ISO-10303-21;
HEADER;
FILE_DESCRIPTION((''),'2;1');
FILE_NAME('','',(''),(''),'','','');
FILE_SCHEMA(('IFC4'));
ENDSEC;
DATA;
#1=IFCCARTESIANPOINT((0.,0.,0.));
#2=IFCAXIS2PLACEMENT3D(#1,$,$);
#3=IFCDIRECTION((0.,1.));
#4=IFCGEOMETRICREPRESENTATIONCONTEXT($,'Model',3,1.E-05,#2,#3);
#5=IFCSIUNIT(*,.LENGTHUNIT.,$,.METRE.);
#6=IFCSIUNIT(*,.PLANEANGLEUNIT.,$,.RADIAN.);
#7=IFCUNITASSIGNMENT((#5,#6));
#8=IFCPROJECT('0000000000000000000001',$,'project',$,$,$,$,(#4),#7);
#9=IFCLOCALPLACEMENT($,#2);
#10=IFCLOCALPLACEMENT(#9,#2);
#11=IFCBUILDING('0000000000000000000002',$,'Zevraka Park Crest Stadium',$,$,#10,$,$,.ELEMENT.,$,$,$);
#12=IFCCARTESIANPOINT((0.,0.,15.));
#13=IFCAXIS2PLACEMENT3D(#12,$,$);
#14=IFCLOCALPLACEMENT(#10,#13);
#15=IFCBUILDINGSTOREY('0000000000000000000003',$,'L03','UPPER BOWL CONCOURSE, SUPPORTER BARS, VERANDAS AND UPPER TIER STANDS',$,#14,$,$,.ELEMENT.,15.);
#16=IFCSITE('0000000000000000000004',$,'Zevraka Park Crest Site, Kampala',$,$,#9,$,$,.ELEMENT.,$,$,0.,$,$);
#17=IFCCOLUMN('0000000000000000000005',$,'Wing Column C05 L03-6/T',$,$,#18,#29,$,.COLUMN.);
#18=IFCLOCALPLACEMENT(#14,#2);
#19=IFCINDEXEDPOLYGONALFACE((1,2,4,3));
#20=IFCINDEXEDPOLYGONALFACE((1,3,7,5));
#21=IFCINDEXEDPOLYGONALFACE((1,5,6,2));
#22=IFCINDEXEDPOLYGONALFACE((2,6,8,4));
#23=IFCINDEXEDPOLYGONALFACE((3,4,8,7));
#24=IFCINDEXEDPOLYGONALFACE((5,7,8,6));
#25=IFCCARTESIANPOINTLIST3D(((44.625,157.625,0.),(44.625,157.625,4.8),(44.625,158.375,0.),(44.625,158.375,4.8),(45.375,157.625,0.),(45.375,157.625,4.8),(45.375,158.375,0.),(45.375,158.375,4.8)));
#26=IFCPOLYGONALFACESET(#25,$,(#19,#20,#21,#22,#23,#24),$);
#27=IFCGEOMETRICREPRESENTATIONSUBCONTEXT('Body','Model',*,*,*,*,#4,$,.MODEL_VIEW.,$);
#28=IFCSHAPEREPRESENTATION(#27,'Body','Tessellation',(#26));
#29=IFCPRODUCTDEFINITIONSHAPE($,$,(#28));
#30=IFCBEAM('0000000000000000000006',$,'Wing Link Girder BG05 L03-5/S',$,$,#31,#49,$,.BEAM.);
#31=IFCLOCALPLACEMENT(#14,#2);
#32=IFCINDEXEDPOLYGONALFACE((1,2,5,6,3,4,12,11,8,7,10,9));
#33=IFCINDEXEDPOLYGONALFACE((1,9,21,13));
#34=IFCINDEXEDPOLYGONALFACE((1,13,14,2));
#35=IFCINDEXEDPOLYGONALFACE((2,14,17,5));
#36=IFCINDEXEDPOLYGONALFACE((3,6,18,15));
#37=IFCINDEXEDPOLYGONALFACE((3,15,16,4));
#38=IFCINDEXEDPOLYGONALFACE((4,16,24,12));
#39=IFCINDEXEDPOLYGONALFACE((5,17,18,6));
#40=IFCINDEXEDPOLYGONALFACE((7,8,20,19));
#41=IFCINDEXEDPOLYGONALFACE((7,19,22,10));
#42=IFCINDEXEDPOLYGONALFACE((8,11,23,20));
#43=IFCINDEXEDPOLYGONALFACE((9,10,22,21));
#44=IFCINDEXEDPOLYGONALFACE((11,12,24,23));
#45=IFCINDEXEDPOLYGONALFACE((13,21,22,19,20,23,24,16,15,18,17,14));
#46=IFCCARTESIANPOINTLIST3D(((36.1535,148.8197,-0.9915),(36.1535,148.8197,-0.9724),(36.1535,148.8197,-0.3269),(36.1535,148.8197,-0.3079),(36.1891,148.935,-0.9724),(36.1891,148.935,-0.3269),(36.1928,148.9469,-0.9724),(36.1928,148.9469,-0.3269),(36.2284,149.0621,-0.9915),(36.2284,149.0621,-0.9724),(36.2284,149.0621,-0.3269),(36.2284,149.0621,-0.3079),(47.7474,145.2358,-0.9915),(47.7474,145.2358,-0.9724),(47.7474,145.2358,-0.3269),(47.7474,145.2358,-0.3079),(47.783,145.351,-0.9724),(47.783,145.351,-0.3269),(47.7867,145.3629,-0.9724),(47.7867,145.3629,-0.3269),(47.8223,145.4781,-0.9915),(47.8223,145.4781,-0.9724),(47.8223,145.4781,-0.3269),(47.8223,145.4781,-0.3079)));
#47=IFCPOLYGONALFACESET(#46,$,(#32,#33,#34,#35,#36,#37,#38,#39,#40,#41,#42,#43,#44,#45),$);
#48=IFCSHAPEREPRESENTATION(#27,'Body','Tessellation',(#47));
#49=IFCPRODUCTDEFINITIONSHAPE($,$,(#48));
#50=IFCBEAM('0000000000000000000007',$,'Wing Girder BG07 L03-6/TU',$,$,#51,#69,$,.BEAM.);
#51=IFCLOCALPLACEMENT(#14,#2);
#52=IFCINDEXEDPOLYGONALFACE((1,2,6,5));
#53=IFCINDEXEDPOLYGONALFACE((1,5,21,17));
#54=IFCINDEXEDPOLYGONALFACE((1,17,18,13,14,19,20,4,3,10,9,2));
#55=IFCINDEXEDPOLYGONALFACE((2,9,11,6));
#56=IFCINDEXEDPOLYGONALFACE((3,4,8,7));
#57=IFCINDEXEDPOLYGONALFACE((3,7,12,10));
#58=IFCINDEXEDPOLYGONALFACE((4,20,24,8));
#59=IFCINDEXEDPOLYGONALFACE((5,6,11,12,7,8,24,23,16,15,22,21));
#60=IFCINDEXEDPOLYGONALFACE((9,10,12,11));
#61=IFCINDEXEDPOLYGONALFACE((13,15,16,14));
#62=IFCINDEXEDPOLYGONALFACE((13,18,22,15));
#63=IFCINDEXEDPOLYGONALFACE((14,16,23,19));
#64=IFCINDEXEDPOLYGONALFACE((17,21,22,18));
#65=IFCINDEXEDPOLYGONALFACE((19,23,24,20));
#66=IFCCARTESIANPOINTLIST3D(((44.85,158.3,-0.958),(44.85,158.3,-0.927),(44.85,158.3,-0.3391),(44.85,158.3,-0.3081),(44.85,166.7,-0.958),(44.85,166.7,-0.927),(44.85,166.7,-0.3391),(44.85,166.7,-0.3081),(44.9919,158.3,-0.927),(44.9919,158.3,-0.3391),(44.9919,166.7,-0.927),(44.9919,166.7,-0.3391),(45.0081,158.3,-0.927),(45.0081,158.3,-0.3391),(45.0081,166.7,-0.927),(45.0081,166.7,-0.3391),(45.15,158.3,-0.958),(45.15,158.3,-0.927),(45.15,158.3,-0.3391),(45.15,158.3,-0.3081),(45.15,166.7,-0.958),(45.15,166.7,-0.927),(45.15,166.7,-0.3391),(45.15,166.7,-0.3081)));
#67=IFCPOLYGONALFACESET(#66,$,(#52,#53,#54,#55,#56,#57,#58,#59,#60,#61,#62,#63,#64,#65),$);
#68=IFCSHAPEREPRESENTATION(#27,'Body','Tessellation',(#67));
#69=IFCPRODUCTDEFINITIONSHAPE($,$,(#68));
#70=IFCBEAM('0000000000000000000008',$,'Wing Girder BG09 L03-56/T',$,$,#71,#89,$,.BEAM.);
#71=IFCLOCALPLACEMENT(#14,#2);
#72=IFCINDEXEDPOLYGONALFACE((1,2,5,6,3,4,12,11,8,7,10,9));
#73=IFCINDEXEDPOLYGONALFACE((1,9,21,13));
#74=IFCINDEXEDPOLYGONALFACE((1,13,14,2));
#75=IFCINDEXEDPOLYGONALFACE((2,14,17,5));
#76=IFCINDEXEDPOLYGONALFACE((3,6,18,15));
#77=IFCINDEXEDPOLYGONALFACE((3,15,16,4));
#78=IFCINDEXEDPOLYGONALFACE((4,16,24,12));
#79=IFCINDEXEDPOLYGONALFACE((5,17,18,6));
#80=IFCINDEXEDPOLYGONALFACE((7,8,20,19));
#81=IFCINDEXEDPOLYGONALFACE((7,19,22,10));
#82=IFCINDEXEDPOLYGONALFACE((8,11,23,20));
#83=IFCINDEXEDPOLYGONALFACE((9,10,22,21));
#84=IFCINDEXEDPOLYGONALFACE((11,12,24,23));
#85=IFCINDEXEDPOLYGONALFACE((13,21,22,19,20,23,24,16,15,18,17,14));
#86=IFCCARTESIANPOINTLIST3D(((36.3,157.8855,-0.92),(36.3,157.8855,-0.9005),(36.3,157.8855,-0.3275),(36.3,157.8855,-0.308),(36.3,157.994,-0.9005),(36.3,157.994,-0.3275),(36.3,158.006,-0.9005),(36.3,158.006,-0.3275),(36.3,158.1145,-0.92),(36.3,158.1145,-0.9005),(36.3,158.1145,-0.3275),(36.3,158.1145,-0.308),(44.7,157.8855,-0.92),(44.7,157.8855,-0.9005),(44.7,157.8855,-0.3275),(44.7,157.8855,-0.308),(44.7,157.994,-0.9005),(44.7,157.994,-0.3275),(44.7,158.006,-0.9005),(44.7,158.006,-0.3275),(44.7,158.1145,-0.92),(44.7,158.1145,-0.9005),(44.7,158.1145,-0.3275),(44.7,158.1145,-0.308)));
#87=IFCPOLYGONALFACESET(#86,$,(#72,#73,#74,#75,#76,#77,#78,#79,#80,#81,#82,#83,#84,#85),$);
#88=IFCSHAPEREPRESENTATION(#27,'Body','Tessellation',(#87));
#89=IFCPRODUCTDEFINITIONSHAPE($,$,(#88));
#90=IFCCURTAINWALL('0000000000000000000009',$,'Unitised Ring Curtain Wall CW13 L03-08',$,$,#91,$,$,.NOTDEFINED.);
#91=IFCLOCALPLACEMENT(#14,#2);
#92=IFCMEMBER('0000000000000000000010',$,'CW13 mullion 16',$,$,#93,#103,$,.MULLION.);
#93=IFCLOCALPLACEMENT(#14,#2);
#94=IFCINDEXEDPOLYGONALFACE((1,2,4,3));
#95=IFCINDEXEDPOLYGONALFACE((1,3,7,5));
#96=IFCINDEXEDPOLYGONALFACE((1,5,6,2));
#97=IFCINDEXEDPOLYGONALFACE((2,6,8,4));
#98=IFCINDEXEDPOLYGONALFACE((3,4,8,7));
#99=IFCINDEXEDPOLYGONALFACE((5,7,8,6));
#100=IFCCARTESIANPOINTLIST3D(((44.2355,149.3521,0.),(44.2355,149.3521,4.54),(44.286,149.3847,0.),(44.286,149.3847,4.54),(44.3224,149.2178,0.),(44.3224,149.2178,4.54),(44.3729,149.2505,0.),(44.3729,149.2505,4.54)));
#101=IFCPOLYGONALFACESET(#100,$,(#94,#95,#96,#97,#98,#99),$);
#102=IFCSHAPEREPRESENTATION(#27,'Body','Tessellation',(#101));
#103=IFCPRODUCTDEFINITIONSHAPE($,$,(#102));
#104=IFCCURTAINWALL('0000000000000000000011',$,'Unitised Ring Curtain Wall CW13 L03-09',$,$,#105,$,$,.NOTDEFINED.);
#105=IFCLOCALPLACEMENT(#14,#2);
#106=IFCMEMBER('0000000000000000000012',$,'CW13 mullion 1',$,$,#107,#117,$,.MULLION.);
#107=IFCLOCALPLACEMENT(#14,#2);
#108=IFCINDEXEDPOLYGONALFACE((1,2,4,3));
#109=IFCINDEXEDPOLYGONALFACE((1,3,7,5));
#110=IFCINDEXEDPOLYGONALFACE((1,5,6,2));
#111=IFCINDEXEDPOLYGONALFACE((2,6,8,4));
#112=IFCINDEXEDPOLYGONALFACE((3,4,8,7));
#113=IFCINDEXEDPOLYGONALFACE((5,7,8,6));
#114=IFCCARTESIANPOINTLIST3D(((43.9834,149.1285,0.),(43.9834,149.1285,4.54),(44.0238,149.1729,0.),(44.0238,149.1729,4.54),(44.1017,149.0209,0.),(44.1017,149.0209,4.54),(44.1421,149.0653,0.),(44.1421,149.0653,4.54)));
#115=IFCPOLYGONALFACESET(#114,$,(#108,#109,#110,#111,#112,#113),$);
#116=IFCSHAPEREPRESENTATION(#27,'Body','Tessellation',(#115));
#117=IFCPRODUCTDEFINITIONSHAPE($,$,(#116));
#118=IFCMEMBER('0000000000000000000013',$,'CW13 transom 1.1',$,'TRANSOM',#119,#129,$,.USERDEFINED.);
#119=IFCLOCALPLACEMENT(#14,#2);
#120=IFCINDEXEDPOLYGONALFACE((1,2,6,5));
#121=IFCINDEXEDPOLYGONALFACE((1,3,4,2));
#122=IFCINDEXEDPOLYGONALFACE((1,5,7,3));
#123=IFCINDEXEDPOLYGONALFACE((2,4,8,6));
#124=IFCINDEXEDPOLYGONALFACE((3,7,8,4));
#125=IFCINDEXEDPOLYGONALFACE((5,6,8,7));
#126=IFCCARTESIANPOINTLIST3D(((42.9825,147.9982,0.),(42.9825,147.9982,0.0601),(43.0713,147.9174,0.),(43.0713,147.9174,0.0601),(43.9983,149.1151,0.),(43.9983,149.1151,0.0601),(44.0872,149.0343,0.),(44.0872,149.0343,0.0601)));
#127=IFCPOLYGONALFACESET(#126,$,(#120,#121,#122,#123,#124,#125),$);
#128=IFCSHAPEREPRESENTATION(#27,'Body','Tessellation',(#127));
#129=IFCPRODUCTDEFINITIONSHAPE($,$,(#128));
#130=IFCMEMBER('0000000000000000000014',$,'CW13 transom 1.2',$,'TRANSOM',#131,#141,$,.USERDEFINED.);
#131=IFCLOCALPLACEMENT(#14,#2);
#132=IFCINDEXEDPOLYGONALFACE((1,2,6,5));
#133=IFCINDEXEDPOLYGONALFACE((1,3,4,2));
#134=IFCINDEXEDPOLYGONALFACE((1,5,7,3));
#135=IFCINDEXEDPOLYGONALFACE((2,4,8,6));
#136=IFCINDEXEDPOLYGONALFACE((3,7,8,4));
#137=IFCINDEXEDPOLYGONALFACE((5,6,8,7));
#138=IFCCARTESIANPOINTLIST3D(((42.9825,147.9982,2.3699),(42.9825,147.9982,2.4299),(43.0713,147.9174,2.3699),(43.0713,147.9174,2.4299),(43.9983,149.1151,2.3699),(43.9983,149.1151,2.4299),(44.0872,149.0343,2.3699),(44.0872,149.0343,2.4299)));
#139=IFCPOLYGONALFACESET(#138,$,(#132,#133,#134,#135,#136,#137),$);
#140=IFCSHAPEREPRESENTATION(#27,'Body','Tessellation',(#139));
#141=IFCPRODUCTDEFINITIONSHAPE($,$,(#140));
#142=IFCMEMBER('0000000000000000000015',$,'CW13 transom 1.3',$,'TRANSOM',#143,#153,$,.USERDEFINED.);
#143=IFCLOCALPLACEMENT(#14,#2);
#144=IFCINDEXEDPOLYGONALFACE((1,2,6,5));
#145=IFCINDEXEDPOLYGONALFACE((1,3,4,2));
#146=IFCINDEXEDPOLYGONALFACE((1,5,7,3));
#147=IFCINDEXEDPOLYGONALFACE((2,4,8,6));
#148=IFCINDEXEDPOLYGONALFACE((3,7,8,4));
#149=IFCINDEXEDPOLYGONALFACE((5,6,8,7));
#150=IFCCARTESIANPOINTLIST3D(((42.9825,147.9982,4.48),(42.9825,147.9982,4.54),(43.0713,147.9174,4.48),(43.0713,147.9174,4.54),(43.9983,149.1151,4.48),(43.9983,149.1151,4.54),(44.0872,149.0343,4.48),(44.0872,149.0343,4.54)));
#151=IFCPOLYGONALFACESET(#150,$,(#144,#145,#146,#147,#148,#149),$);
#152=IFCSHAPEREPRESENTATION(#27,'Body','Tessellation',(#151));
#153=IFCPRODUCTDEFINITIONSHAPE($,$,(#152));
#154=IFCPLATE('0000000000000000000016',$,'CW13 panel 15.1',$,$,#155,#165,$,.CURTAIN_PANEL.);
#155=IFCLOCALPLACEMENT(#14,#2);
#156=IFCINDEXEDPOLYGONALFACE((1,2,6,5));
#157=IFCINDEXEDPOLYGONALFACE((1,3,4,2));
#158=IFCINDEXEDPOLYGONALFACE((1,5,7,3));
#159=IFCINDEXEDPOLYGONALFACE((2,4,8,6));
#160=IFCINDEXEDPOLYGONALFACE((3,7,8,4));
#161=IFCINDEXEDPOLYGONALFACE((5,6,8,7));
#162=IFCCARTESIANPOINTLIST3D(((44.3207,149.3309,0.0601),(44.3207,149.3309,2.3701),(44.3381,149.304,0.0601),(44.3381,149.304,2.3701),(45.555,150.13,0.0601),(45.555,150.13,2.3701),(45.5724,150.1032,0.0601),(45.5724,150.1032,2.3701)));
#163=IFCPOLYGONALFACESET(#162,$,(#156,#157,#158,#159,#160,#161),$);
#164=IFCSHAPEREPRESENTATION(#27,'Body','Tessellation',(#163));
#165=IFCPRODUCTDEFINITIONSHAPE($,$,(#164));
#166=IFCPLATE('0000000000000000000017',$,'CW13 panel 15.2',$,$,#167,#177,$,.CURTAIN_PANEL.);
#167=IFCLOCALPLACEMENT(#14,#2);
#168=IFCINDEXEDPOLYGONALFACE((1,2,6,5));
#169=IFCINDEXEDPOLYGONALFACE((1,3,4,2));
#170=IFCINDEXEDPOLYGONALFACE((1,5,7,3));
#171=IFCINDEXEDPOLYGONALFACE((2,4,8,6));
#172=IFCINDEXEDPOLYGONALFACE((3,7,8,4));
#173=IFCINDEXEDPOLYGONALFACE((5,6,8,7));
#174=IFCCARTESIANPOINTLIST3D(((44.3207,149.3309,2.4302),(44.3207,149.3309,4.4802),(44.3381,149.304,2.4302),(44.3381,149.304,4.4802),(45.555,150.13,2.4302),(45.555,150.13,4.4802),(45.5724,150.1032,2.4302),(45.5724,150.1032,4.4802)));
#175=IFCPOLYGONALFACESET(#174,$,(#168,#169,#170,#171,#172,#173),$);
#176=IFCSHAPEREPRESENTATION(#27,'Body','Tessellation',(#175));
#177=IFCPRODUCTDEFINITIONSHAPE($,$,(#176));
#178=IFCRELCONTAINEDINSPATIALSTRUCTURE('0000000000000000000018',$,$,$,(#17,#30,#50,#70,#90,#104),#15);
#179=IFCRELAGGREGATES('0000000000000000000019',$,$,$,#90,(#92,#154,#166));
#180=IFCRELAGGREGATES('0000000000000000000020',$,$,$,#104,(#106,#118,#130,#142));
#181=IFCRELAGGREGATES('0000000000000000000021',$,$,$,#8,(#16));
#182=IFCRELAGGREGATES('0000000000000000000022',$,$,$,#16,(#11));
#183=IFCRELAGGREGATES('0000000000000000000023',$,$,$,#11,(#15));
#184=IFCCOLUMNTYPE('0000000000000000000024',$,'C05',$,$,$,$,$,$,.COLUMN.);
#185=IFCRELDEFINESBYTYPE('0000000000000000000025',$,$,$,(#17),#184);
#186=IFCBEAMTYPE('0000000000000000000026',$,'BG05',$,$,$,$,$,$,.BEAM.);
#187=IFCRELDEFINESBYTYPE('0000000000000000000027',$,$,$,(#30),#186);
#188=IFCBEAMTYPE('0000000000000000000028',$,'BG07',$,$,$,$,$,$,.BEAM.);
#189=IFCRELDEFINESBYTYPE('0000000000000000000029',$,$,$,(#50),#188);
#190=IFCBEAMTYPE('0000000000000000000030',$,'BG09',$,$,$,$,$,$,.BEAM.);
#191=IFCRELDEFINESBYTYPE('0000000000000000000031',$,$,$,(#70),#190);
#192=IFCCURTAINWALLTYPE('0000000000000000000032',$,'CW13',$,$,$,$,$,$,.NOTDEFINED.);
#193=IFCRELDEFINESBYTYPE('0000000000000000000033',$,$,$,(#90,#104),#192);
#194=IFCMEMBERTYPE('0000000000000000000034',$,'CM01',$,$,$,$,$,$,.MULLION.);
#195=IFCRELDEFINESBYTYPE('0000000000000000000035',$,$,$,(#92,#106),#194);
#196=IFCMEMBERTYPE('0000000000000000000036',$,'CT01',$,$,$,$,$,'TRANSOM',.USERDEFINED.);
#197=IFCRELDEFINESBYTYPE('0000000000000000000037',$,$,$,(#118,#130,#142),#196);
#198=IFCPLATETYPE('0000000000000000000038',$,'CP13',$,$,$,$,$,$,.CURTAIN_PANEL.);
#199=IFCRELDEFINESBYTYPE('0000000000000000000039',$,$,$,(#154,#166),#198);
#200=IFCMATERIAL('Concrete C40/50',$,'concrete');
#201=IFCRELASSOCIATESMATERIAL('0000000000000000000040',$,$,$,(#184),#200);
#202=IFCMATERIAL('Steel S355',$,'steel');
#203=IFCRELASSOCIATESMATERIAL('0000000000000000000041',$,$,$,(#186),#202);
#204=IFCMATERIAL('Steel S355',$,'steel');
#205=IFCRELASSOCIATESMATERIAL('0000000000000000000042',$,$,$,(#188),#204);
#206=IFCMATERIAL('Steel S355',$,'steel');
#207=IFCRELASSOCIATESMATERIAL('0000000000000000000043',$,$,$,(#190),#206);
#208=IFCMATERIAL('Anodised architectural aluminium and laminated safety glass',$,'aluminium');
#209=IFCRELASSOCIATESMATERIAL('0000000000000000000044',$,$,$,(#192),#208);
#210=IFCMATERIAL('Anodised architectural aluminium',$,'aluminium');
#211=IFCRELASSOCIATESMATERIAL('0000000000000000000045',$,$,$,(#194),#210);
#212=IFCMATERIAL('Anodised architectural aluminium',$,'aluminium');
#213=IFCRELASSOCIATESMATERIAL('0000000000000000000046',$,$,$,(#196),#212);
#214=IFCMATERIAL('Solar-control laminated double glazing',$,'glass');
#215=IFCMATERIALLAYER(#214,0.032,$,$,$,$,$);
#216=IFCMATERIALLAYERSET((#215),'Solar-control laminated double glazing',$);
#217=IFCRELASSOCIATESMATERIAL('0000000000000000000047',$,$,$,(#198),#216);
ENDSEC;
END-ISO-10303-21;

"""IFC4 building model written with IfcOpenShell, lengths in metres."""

from ifc_helpers import new_model, si_unit, direction, frame, origin, origin_2d, place, context, subcontext, project, spatial, rectangle, i_section, extrude, material, layer, layer_set, material_profile, profile_set, type_object, element, aggregate, save


model = new_model("IFC4")

# Units and contexts
model_context = context("Model", 3, precision=1e-05, world=origin(), true_north=direction((0.0, 1.0)))
body_context = subcontext(model_context, "Body", "Model", "MODEL_VIEW")
ifc_project = project(units=[si_unit("LENGTHUNIT", "METRE"), si_unit("PLANEANGLEUNIT", "RADIAN")], contexts=[model_context])

# Site, building, storey
site_placement = place(None, origin())
site = spatial("IfcSite", under=ifc_project, at=site_placement, Name="Zevraka Park Crest Site, Kampala", CompositionType="ELEMENT", RefElevation=0.0)
building_placement = place(site_placement, origin())
building = spatial("IfcBuilding", under=site, at=building_placement, Name="Zevraka Park Crest Stadium", CompositionType="ELEMENT")
storey_placement = place(building_placement, frame((0.0, 0.0, 15.0)))
storey = spatial("IfcBuildingStorey", under=building, at=storey_placement, Name="L03", Description="UPPER BOWL CONCOURSE, SUPPORTER BARS, VERANDAS AND UPPER TIER STANDS", CompositionType="ELEMENT", Elevation=15.0)

# Column
ifc_material_1 = material(Name="Concrete C40/50", Category="concrete")
ifc_material_profile_1 = material_profile(ifc_material_1, rectangle(XDim=0.75, YDim=0.75, at=origin_2d()), Name="RC 750x750")
ifc_profile_set_1 = profile_set([ifc_material_profile_1], Name="Concrete C40/50")
column_type = type_object("IfcColumnType", Name="C05", PredefinedType="COLUMN", material=ifc_profile_set_1)
column_placement = place(storey_placement, frame((45.0, 158.0, 0.0), z_axis=(0.0, 0.0, 1.0), x_axis=(1.0, 0.0, 0.0)))
element("IfcColumn", 1, at=column_placement, inside=storey, type_object=column_type, Name="Wing Column C05 L03-6/T", PredefinedType="COLUMN", context=body_context, shape_type="SweptSolid", body=[
    extrude(rectangle(XDim=0.75, YDim=0.75, at=origin_2d()), origin(), (0.0, 0.0, 1.0), 4.8),
])

# Beams
ifc_material_2 = material(Name="Steel S355", Category="steel")
ifc_material_profile_2 = material_profile(ifc_material_2, i_section(OverallWidth=0.2537, OverallDepth=0.6836, WebThickness=0.0125, FlangeThickness=0.019, at=origin_2d()), Name="UKB 686x254x140")
ifc_profile_set_2 = profile_set([ifc_material_profile_2], Name="Steel S355")
beam_type_1 = type_object("IfcBeamType", Name="BG05", PredefinedType="BEAM", material=ifc_profile_set_2)
beam_1_placement = place(storey_placement, frame((36.1909, 148.9409, -0.6497), z_axis=(0.955394, -0.295335, 0.0), x_axis=(0.295335, 0.955394, 0.0)))
element("IfcBeam", 2, at=beam_1_placement, inside=storey, type_object=beam_type_1, Name="Wing Link Girder BG05 L03-5/S", PredefinedType="BEAM", context=body_context, shape_type="SweptSolid", body=[
    extrude(i_section(OverallWidth=0.2537, OverallDepth=0.6836, WebThickness=0.0125, FlangeThickness=0.019, at=origin_2d()), origin(), (0.0, 0.0, 1.0), 12.1353),
])
ifc_material_3 = material(Name="Steel S355", Category="steel")
ifc_material_profile_3 = material_profile(ifc_material_3, i_section(OverallWidth=0.3, OverallDepth=0.6499, WebThickness=0.0161, FlangeThickness=0.031, at=origin_2d()), Name="HEB 650")
ifc_profile_set_3 = profile_set([ifc_material_profile_3], Name="Steel S355")
beam_type_2 = type_object("IfcBeamType", Name="BG07", PredefinedType="BEAM", material=ifc_profile_set_3)
beam_2_placement = place(storey_placement, frame((45.0, 158.3, -0.6331), z_axis=(0.0, 1.0, 0.0), x_axis=(-1.0, 0.0, 0.0)))
element("IfcBeam", 3, at=beam_2_placement, inside=storey, type_object=beam_type_2, Name="Wing Girder BG07 L03-6/TU", PredefinedType="BEAM", context=body_context, shape_type="SweptSolid", body=[
    extrude(i_section(OverallWidth=0.3, OverallDepth=0.6499, WebThickness=0.0161, FlangeThickness=0.031, at=origin_2d()), origin(), (0.0, 0.0, 1.0), 8.3999),
])
ifc_material_4 = material(Name="Steel S355", Category="steel")
ifc_material_profile_4 = material_profile(ifc_material_4, i_section(OverallWidth=0.229, OverallDepth=0.6121, WebThickness=0.012, FlangeThickness=0.0195, at=origin_2d()), Name="UKB 610x229x125")
ifc_profile_set_4 = profile_set([ifc_material_profile_4], Name="Steel S355")
beam_type_3 = type_object("IfcBeamType", Name="BG09", PredefinedType="BEAM", material=ifc_profile_set_4)
beam_3_placement = place(storey_placement, frame((36.3, 158.0, -0.614), z_axis=(1.0, 0.0, 0.0), x_axis=(0.0, 1.0, 0.0)))
element("IfcBeam", 4, at=beam_3_placement, inside=storey, type_object=beam_type_3, Name="Wing Girder BG09 L03-56/T", PredefinedType="BEAM", context=body_context, shape_type="SweptSolid", body=[
    extrude(i_section(OverallWidth=0.229, OverallDepth=0.6121, WebThickness=0.012, FlangeThickness=0.0195, at=origin_2d()), origin(), (0.0, 0.0, 1.0), 8.3999),
])

# Curtain wall, member
ifc_material_5 = material(Name="Anodised architectural aluminium and laminated safety glass", Category="aluminium")
curtain_wall_type = type_object("IfcCurtainWallType", Name="CW13", PredefinedType="NOTDEFINED", material=ifc_material_5)
curtain_wall_1_placement = place(storey_placement, origin())
curtain_wall_1 = element("IfcCurtainWall", 5, at=curtain_wall_1_placement, inside=storey, type_object=curtain_wall_type, Name="Unitised Ring Curtain Wall CW13 L03-08", PredefinedType="NOTDEFINED")
ifc_material_6 = material(Name="Anodised architectural aluminium", Category="aluminium")
ifc_material_profile_5 = material_profile(ifc_material_6, rectangle(XDim=0.1599, YDim=0.0601, at=origin_2d()), Name="ALU MULLION 160x60")
ifc_profile_set_5 = profile_set([ifc_material_profile_5], Name="Anodised architectural aluminium")
member_type_1 = type_object("IfcMemberType", Name="CM01", PredefinedType="MULLION", material=ifc_profile_set_5)
member_1_placement = place(storey_placement, frame((44.3042, 149.3013, 0.0), z_axis=(0.0, 0.0, 1.0), x_axis=(0.543469, -0.839429, 0.0)))
member_1 = element("IfcMember", 6, at=member_1_placement, type_object=member_type_1, Name="CW13 mullion 16", PredefinedType="MULLION", context=body_context, shape_type="SweptSolid", body=[
    extrude(rectangle(XDim=0.1599, YDim=0.0601, at=origin_2d()), origin(), (0.0, 0.0, 1.0), 4.54),
])

# Curtain wall, members
curtain_wall_2_placement = place(storey_placement, origin())
curtain_wall_2 = element("IfcCurtainWall", 7, at=curtain_wall_2_placement, inside=storey, type_object=curtain_wall_type, Name="Unitised Ring Curtain Wall CW13 L03-09", PredefinedType="NOTDEFINED")
member_2_placement = place(storey_placement, frame((44.0627, 149.0969, 0.0), z_axis=(0.0, 0.0, 1.0), x_axis=(0.739823, -0.672802, 0.0)))
member_2 = element("IfcMember", 8, at=member_2_placement, type_object=member_type_1, Name="CW13 mullion 1", PredefinedType="MULLION", context=body_context, shape_type="SweptSolid", body=[
    extrude(rectangle(XDim=0.1599, YDim=0.0601, at=origin_2d()), origin(), (0.0, 0.0, 1.0), 4.54),
])
ifc_material_7 = material(Name="Anodised architectural aluminium", Category="aluminium")
ifc_material_profile_6 = material_profile(ifc_material_7, rectangle(XDim=0.1201, YDim=0.0601, at=origin_2d()), Name="ALU TRANSOM 120x60")
ifc_profile_set_6 = profile_set([ifc_material_profile_6], Name="Anodised architectural aluminium")
member_type_2 = type_object("IfcMemberType", Name="CT01", ElementType="TRANSOM", PredefinedType="USERDEFINED", material=ifc_profile_set_6)
member_3_placement = place(storey_placement, frame((44.0427, 149.0747, 0.03), z_axis=(-0.672842, -0.739786, 0.0), x_axis=(0.739786, -0.672842, 0.0)))
member_3 = element("IfcMember", 9, at=member_3_placement, type_object=member_type_2, Name="CW13 transom 1.1", ObjectType="TRANSOM", PredefinedType="USERDEFINED", context=body_context, shape_type="SweptSolid", body=[
    extrude(rectangle(XDim=0.1201, YDim=0.0601, at=origin_2d()), origin(), (0.0, 0.0, 1.0), 1.5098),
])
member_4_placement = place(storey_placement, frame((44.0427, 149.0747, 2.3999), z_axis=(-0.672842, -0.739786, 0.0), x_axis=(0.739786, -0.672842, 0.0)))
member_4 = element("IfcMember", 10, at=member_4_placement, type_object=member_type_2, Name="CW13 transom 1.2", ObjectType="TRANSOM", PredefinedType="USERDEFINED", context=body_context, shape_type="SweptSolid", body=[
    extrude(rectangle(XDim=0.1201, YDim=0.0601, at=origin_2d()), origin(), (0.0, 0.0, 1.0), 1.5098),
])
member_5_placement = place(storey_placement, frame((44.0427, 149.0747, 4.51), z_axis=(-0.672842, -0.739786, 0.0), x_axis=(0.739786, -0.672842, 0.0)))
member_5 = element("IfcMember", 11, at=member_5_placement, type_object=member_type_2, Name="CW13 transom 1.3", ObjectType="TRANSOM", PredefinedType="USERDEFINED", context=body_context, shape_type="SweptSolid", body=[
    extrude(rectangle(XDim=0.1201, YDim=0.0601, at=origin_2d()), origin(), (0.0, 0.0, 1.0), 1.5098),
])

# Plates
ifc_material_8 = material(Name="Solar-control laminated double glazing", Category="glass")
ifc_layer_1 = layer(ifc_material_8, 0.032)
ifc_layer_set_1 = layer_set([ifc_layer_1], Name="Solar-control laminated double glazing")
plate_type = type_object("IfcPlateType", Name="CP13", PredefinedType="CURTAIN_PANEL", material=ifc_layer_set_1)
plate_1_placement = place(storey_placement, frame((44.9465, 149.717, 0.0601), z_axis=(0.0, 0.0, 1.0), x_axis=(-0.839429, -0.543469, 0.0)))
plate_1 = element("IfcPlate", 12, at=plate_1_placement, type_object=plate_type, Name="CW13 panel 15.1", PredefinedType="CURTAIN_PANEL", context=body_context, shape_type="SweptSolid", body=[
    extrude(rectangle(XDim=1.4705, YDim=0.032, at=origin_2d()), origin(), (0.0, 0.0, 1.0), 2.3101),
])
plate_2_placement = place(storey_placement, frame((44.9465, 149.717, 2.4302), z_axis=(0.0, 0.0, 1.0), x_axis=(-0.839429, -0.543469, 0.0)))
plate_2 = element("IfcPlate", 13, at=plate_2_placement, type_object=plate_type, Name="CW13 panel 15.2", PredefinedType="CURTAIN_PANEL", context=body_context, shape_type="SweptSolid", body=[
    extrude(rectangle(XDim=1.4705, YDim=0.032, at=origin_2d()), origin(), (0.0, 0.0, 1.0), 2.05),
])
aggregate(curtain_wall_1, [member_1, plate_1, plate_2])
aggregate(curtain_wall_2, [member_2, member_3, member_4, member_5])

save(model, "model.ifc")
